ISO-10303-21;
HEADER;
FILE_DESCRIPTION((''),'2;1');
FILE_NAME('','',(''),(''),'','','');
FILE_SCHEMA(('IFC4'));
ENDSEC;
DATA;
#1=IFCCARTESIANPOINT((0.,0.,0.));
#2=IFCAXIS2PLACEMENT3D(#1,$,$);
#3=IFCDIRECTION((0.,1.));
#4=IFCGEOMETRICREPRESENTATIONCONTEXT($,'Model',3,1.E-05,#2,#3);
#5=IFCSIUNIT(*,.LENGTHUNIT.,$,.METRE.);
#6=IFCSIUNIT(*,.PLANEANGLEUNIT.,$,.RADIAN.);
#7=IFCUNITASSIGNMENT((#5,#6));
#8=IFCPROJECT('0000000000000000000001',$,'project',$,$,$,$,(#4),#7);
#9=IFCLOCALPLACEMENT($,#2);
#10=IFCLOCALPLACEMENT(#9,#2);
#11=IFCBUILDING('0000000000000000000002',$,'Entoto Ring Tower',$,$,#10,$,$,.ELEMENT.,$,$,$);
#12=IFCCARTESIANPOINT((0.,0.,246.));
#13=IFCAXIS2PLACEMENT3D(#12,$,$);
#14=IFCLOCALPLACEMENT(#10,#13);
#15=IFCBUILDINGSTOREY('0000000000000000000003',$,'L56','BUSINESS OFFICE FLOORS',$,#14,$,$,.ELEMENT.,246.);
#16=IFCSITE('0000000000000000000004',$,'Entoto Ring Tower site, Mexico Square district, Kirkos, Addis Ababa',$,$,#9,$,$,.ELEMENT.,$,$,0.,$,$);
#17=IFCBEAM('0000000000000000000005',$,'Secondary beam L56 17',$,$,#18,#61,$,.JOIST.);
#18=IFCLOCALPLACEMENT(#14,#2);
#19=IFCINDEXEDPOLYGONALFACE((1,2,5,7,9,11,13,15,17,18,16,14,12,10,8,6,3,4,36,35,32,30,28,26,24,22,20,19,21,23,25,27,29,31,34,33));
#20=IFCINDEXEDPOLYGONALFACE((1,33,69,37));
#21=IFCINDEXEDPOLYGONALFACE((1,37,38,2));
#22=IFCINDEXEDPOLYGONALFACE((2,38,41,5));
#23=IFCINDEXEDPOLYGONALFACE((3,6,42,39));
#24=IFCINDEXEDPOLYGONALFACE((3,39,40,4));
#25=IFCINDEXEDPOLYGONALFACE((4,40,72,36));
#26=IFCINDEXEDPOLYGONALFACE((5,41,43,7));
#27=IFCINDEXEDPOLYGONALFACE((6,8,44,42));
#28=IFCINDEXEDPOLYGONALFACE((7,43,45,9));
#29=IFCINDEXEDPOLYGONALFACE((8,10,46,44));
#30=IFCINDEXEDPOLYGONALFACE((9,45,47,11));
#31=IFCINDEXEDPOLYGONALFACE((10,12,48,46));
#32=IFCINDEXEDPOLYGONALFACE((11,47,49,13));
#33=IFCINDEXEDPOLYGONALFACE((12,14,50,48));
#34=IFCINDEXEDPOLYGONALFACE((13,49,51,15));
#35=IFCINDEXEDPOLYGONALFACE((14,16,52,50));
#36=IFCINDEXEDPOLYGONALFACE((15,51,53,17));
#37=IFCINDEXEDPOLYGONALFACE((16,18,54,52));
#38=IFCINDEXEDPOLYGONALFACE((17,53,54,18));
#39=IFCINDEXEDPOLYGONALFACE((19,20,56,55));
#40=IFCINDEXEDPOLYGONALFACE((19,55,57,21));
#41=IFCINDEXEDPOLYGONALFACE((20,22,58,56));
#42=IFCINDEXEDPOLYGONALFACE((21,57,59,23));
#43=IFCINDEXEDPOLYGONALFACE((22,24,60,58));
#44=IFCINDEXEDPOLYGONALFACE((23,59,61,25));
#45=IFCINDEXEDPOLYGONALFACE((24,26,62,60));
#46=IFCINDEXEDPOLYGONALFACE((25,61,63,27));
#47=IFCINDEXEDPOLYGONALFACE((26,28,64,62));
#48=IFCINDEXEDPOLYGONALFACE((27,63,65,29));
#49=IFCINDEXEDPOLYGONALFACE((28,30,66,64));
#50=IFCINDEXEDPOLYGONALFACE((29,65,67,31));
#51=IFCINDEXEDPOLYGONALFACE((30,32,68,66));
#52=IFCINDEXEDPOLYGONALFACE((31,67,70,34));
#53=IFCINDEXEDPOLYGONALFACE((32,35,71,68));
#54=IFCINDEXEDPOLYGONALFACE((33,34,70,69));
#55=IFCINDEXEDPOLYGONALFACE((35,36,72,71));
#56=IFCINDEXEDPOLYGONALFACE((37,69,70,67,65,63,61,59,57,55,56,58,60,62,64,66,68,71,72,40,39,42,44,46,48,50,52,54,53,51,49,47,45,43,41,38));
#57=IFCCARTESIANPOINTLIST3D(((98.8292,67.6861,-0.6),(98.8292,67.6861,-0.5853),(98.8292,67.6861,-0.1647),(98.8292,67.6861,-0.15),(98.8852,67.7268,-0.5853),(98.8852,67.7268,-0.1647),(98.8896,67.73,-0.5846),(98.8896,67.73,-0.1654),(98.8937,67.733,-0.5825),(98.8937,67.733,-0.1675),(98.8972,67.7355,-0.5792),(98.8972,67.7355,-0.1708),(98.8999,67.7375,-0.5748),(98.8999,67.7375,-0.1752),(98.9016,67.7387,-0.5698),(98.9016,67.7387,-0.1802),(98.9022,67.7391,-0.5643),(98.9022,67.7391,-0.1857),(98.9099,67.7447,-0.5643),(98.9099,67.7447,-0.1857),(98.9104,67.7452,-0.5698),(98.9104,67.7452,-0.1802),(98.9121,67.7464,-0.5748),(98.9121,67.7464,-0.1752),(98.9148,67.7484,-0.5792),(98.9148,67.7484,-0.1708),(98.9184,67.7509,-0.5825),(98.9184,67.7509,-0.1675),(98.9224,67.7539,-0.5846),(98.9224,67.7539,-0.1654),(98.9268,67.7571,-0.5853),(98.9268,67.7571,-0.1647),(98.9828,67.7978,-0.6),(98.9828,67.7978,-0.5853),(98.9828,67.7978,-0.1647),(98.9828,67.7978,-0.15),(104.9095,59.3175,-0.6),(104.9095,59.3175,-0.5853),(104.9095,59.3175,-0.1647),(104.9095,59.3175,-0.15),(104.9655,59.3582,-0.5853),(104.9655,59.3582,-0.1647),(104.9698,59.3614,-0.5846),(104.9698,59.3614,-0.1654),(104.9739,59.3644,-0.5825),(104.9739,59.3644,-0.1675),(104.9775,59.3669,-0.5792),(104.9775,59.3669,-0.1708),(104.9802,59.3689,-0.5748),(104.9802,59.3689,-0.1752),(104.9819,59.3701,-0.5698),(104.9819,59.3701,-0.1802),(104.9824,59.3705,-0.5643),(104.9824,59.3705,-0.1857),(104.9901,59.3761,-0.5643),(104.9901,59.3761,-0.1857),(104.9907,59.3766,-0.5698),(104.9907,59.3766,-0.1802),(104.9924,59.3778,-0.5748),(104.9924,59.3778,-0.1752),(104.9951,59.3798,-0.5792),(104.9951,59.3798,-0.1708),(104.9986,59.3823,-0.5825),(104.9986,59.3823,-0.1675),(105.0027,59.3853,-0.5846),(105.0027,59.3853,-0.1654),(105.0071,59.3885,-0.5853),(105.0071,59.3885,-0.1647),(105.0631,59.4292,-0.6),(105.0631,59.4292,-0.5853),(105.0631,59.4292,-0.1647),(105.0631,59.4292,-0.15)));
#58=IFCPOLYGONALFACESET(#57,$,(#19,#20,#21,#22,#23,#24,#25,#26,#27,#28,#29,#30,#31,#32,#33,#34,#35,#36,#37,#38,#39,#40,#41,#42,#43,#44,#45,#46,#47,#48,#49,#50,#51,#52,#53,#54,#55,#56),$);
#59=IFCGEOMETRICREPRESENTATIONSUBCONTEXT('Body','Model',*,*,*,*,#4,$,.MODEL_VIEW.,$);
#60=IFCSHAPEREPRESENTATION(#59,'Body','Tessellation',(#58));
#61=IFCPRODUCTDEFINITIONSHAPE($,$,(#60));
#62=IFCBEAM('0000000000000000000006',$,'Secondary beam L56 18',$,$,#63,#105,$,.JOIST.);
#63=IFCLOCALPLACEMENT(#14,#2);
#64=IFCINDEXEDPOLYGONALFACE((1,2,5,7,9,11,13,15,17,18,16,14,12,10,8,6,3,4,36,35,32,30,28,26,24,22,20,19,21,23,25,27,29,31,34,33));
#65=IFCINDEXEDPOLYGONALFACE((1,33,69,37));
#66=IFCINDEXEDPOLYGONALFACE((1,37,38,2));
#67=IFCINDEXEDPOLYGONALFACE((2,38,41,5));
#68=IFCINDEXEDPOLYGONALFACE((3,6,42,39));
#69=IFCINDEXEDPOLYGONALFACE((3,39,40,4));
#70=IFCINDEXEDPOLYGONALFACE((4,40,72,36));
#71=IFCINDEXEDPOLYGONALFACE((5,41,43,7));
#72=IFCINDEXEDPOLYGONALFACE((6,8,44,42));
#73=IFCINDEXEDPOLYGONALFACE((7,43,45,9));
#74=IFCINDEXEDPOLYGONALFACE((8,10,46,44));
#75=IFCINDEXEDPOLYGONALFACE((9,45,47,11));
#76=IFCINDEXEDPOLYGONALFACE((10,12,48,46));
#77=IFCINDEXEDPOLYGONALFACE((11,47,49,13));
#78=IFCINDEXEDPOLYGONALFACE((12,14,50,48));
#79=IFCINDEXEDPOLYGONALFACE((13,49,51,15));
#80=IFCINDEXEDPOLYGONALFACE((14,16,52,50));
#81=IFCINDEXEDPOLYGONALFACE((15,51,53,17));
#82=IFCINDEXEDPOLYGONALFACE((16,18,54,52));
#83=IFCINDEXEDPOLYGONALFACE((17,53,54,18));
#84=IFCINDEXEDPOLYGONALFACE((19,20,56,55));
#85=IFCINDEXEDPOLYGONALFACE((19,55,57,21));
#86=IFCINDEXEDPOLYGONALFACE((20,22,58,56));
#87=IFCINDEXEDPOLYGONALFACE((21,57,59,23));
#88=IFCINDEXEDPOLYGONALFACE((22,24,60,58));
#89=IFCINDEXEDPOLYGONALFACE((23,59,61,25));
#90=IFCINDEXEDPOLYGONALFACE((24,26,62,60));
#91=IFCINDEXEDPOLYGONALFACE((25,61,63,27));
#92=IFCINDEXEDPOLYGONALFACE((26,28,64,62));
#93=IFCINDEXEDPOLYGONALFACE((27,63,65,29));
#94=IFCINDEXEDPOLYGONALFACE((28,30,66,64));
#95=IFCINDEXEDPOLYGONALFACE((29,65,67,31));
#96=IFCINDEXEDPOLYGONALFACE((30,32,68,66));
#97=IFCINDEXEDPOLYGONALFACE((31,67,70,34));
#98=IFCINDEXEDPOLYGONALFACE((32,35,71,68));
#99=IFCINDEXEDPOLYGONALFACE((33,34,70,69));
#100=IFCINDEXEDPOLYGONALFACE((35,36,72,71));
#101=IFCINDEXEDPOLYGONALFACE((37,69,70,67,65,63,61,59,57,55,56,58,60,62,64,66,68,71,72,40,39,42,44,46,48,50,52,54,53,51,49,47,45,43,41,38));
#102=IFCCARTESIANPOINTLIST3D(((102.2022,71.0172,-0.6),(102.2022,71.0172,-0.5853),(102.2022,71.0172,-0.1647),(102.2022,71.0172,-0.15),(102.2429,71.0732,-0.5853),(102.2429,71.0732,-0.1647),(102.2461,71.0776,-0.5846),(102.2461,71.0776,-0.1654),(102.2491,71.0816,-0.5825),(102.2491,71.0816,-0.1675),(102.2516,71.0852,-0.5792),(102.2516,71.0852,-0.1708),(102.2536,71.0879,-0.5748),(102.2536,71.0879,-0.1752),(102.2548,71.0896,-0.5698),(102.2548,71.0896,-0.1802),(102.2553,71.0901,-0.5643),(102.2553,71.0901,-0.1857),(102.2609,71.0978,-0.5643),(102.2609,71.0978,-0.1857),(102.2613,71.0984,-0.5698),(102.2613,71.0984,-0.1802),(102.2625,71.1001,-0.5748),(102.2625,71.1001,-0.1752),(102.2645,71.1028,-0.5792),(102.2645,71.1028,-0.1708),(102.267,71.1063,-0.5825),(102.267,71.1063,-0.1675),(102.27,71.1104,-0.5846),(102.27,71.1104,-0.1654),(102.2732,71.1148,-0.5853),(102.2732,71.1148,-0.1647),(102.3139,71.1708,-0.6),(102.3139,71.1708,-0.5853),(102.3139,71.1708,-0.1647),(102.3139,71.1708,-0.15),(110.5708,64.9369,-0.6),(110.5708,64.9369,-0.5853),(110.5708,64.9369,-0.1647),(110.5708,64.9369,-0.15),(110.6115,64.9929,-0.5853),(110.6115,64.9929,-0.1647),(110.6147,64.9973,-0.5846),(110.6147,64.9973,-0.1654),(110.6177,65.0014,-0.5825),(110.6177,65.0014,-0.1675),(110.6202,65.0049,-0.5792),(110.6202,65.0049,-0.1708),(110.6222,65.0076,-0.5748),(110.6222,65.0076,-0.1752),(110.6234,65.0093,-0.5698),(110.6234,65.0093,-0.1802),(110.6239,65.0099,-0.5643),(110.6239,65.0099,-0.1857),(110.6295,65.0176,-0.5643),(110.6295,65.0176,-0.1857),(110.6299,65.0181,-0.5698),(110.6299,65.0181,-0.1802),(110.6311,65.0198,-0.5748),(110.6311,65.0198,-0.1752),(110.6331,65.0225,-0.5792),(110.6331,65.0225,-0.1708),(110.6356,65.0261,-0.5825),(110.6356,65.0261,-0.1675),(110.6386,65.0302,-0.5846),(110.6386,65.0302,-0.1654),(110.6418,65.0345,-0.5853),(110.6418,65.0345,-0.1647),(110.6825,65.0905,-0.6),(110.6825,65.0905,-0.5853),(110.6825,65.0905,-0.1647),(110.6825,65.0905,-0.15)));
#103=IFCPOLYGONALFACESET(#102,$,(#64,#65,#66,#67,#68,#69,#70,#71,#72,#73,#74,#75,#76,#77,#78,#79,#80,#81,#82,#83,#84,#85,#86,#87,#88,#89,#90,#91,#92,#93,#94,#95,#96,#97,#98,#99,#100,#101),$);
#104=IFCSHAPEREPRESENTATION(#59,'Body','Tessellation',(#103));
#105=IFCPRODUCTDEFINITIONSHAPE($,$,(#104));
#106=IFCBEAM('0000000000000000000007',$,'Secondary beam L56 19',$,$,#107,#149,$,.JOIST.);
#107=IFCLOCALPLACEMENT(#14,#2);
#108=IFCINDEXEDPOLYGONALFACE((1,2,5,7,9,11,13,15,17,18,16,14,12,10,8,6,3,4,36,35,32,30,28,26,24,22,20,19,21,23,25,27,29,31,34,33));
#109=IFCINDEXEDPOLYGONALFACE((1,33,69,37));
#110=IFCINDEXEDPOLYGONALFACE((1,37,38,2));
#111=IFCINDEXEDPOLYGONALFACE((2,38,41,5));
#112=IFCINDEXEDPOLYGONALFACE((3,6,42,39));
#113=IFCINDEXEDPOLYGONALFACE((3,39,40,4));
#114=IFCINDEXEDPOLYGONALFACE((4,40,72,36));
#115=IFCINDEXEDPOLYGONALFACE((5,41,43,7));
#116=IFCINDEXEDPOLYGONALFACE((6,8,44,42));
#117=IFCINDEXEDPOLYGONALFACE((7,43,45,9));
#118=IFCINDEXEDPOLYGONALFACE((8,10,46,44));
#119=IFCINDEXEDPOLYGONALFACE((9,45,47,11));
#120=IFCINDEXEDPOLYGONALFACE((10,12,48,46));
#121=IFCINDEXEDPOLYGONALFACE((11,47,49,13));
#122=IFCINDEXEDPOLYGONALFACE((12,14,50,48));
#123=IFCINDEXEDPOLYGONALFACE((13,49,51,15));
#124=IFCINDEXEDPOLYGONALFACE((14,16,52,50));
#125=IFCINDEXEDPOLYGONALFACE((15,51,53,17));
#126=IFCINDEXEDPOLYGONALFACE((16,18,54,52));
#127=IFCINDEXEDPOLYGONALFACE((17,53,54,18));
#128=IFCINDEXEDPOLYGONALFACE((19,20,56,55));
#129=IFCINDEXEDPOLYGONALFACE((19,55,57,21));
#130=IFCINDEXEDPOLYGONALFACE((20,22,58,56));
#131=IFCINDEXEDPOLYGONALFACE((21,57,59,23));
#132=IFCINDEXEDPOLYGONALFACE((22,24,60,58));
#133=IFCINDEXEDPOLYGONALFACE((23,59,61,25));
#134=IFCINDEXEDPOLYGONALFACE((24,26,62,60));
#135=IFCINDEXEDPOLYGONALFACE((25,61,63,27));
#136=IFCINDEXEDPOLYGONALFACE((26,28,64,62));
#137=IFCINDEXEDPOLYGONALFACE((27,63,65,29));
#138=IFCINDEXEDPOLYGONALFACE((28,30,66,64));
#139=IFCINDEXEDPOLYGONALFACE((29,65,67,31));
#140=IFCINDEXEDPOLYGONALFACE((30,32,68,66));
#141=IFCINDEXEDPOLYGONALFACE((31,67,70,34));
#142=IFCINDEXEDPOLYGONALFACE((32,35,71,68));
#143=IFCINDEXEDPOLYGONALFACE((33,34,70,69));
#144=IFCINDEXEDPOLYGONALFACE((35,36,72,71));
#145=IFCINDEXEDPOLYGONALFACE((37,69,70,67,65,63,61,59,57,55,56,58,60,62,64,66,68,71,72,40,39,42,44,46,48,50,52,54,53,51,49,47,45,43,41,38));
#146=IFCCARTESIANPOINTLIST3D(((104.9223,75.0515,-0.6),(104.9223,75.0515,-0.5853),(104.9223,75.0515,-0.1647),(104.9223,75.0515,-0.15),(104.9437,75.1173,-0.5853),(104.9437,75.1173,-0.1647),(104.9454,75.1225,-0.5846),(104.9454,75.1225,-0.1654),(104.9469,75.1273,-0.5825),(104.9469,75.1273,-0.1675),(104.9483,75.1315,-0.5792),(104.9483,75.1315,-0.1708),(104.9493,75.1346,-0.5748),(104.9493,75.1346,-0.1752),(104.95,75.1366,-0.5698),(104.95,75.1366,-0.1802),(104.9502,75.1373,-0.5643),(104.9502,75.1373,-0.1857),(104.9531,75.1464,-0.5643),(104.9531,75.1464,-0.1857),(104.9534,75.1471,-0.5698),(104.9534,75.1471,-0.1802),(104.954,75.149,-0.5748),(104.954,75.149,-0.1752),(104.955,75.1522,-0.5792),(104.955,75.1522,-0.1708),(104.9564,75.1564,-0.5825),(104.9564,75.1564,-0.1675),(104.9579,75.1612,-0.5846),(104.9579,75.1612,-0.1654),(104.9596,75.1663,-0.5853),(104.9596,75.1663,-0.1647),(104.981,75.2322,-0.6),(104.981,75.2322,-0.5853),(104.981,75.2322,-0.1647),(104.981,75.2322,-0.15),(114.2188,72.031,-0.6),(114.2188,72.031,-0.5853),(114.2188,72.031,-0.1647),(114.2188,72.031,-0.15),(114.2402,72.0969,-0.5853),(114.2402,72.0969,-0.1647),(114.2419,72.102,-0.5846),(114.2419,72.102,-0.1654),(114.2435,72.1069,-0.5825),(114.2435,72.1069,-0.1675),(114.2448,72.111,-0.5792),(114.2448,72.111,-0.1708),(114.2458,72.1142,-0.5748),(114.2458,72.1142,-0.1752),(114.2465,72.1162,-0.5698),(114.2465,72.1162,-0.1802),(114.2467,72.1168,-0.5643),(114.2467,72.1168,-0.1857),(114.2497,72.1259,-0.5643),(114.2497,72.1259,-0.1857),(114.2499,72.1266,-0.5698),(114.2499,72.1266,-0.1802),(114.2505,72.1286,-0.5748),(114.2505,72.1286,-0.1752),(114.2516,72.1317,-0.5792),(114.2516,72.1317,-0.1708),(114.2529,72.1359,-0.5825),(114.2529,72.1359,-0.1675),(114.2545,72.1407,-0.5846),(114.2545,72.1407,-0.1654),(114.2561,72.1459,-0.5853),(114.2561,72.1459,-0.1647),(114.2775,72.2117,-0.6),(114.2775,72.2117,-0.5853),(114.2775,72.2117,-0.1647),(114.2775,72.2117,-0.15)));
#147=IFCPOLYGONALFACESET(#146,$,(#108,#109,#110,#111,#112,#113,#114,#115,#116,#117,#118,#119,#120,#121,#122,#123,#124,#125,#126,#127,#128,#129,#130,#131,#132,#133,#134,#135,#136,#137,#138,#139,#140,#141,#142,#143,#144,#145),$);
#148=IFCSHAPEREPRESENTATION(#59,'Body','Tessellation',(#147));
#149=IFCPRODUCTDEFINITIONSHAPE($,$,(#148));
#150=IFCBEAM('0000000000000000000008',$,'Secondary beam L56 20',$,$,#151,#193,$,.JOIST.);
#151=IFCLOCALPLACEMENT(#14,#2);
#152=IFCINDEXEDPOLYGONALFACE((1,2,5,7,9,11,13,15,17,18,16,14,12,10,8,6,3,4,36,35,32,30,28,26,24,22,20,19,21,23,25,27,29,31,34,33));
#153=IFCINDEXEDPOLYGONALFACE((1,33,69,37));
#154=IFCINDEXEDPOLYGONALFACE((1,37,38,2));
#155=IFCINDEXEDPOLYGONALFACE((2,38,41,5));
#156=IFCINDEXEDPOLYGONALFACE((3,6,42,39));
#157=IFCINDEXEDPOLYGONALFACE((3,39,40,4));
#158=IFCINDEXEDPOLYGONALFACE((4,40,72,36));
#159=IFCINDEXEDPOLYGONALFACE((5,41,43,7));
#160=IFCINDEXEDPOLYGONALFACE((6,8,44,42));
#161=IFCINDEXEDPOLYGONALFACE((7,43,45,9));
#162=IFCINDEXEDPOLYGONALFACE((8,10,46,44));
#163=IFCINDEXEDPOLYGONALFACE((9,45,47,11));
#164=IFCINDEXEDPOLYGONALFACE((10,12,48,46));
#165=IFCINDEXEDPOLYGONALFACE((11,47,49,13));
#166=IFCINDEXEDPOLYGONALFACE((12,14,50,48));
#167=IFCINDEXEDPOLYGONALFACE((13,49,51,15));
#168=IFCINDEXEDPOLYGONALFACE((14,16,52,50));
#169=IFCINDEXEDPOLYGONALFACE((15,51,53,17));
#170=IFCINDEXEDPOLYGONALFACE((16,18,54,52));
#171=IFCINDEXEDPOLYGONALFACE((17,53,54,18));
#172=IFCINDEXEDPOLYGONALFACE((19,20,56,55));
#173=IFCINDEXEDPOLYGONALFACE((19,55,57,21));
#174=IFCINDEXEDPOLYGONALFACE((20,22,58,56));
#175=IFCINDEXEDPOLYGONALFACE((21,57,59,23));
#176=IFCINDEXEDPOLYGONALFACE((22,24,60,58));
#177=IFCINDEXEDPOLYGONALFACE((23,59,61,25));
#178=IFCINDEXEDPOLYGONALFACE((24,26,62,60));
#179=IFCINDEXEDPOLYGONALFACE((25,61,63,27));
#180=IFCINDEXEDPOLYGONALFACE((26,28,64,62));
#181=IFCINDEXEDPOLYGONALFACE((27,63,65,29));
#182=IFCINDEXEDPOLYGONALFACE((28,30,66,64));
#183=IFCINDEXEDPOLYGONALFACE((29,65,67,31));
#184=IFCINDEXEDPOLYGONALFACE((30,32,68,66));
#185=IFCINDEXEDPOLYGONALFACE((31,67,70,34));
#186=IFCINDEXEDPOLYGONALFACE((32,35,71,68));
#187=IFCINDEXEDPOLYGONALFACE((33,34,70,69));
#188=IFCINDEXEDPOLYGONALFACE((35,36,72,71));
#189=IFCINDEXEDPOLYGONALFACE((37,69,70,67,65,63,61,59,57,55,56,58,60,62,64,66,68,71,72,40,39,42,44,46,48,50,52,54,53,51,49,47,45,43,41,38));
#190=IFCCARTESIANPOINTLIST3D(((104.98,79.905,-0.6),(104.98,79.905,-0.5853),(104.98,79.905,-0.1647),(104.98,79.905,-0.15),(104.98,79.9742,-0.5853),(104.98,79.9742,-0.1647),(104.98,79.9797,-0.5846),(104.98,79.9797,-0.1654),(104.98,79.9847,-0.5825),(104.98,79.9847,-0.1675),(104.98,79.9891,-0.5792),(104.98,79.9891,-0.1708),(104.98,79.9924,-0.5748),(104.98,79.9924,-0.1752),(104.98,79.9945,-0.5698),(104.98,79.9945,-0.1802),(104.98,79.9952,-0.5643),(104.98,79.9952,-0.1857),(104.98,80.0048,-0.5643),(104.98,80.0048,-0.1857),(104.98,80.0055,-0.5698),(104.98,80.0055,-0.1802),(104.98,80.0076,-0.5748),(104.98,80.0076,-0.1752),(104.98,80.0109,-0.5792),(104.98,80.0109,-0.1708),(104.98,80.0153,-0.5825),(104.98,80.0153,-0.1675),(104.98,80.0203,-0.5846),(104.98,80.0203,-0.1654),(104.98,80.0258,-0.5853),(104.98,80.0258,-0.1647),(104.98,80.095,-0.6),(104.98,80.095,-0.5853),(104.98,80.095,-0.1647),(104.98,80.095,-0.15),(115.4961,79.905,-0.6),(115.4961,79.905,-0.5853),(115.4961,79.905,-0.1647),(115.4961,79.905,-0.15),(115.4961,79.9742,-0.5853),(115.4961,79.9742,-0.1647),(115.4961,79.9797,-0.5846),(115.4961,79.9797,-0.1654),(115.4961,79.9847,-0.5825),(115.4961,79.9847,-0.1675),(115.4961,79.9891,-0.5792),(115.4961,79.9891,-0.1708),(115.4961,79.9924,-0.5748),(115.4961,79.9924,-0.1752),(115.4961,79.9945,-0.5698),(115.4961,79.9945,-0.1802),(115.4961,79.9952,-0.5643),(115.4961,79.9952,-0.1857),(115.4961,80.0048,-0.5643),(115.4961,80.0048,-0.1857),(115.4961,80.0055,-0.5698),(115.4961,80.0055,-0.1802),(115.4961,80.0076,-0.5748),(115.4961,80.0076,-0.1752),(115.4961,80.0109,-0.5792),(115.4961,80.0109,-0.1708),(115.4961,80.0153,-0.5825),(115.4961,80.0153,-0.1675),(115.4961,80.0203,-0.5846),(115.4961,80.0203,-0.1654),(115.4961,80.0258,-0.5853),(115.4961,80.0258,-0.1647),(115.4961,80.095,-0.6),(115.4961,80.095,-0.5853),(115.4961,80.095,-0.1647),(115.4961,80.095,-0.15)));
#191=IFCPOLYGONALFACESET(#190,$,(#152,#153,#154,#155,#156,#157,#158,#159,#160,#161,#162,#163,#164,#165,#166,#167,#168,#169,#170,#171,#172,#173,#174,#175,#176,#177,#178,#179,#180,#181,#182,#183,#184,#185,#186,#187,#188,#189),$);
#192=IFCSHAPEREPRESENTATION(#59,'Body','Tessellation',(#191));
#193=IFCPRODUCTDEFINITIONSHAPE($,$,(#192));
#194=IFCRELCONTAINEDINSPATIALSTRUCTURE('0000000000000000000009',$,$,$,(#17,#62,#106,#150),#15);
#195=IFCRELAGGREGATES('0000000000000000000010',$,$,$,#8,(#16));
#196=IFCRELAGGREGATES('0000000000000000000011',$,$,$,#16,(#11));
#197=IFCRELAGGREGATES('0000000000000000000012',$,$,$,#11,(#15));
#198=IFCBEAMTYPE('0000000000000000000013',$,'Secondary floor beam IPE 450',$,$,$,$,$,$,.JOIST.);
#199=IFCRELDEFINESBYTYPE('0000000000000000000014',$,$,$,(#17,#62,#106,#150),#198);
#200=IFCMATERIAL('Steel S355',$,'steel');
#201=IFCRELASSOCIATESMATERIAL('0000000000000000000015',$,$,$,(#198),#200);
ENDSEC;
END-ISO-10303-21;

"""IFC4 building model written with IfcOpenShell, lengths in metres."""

from ifc_helpers import new_model, si_unit, direction, frame, origin, origin_2d, place, context, subcontext, project, spatial, i_section, extrude, material, material_profile, profile_set, type_object, element, save


model = new_model("IFC4")

# Units and contexts
model_context = context("Model", 3, precision=1e-05, world=origin(), true_north=direction((0.0, 1.0)))
body_context = subcontext(model_context, "Body", "Model", "MODEL_VIEW")
ifc_project = project(units=[si_unit("LENGTHUNIT", "METRE"), si_unit("PLANEANGLEUNIT", "RADIAN")], contexts=[model_context])

# Site, building, storey
site_placement = place(None, origin())
site = spatial("IfcSite", under=ifc_project, at=site_placement, Name="Entoto Ring Tower site, Mexico Square district, Kirkos, Addis Ababa", CompositionType="ELEMENT", RefElevation=0.0)
building_placement = place(site_placement, origin())
building = spatial("IfcBuilding", under=site, at=building_placement, Name="Entoto Ring Tower", CompositionType="ELEMENT")
storey_placement = place(building_placement, frame((0.0, 0.0, 246.0)))
storey = spatial("IfcBuildingStorey", under=building, at=storey_placement, Name="L56", Description="BUSINESS OFFICE FLOORS", CompositionType="ELEMENT", Elevation=246.0)

# Beams
ifc_material_1 = material(Name="Steel S355", Category="steel")
ifc_material_profile_1 = material_profile(ifc_material_1, i_section(OverallWidth=0.1899, OverallDepth=0.45, WebThickness=0.0095, FlangeThickness=0.0146, FilletRadius=0.021, at=origin_2d()), Name="IPE 450")
ifc_profile_set_1 = profile_set([ifc_material_profile_1], Name="Steel S355")
beam_type_1 = type_object("IfcBeamType", Name="Secondary floor beam IPE 450", PredefinedType="JOIST", material=ifc_profile_set_1)
for number, where, z_axis, x_axis, name in (
    (1, (98.906, 67.7419, -0.375), (0.587794, -0.809011, 0.0), (0.809011, 0.587794, 0.0), "Secondary beam L56 17"),
    (2, (102.2581, 71.094, -0.375), (0.809011, -0.587794, 0.0), (0.587794, 0.809011, 0.0), "Secondary beam L56 18"),
):
    element("IfcBeam", number, at=place(storey_placement, frame(where, z_axis=z_axis, x_axis=x_axis)), inside=storey, type_object=beam_type_1, Name=name, PredefinedType="JOIST", context=body_context, shape_type="SweptSolid", body=[
        extrude(i_section(OverallWidth=0.1899, OverallDepth=0.45, WebThickness=0.0095, FlangeThickness=0.0146, FilletRadius=0.021, at=origin_2d()), origin(), (0.0, 0.0, 1.0), 10.3442),
    ])
beam_1_placement = place(storey_placement, frame((104.9517, 75.1418, -0.375), z_axis=(0.951061, -0.309003, 0.0), x_axis=(0.309003, 0.951061, 0.0)))
element("IfcBeam", 3, at=beam_1_placement, inside=storey, type_object=beam_type_1, Name="Secondary beam L56 19", PredefinedType="JOIST", context=body_context, shape_type="SweptSolid", body=[
    extrude(i_section(OverallWidth=0.1899, OverallDepth=0.45, WebThickness=0.0095, FlangeThickness=0.0146, FilletRadius=0.021, at=origin_2d()), origin(), (0.0, 0.0, 1.0), 9.7749),
])
beam_2_placement = place(storey_placement, frame((104.98, 80.0, -0.375), z_axis=(1.0, 0.0, 0.0), x_axis=(0.0, 1.0, 0.0)))
element("IfcBeam", 4, at=beam_2_placement, inside=storey, type_object=beam_type_1, Name="Secondary beam L56 20", PredefinedType="JOIST", context=body_context, shape_type="SweptSolid", body=[
    extrude(i_section(OverallWidth=0.1899, OverallDepth=0.45, WebThickness=0.0095, FlangeThickness=0.0146, FilletRadius=0.021, at=origin_2d()), origin(), (0.0, 0.0, 1.0), 10.5161),
])

save(model, "model.ifc")
